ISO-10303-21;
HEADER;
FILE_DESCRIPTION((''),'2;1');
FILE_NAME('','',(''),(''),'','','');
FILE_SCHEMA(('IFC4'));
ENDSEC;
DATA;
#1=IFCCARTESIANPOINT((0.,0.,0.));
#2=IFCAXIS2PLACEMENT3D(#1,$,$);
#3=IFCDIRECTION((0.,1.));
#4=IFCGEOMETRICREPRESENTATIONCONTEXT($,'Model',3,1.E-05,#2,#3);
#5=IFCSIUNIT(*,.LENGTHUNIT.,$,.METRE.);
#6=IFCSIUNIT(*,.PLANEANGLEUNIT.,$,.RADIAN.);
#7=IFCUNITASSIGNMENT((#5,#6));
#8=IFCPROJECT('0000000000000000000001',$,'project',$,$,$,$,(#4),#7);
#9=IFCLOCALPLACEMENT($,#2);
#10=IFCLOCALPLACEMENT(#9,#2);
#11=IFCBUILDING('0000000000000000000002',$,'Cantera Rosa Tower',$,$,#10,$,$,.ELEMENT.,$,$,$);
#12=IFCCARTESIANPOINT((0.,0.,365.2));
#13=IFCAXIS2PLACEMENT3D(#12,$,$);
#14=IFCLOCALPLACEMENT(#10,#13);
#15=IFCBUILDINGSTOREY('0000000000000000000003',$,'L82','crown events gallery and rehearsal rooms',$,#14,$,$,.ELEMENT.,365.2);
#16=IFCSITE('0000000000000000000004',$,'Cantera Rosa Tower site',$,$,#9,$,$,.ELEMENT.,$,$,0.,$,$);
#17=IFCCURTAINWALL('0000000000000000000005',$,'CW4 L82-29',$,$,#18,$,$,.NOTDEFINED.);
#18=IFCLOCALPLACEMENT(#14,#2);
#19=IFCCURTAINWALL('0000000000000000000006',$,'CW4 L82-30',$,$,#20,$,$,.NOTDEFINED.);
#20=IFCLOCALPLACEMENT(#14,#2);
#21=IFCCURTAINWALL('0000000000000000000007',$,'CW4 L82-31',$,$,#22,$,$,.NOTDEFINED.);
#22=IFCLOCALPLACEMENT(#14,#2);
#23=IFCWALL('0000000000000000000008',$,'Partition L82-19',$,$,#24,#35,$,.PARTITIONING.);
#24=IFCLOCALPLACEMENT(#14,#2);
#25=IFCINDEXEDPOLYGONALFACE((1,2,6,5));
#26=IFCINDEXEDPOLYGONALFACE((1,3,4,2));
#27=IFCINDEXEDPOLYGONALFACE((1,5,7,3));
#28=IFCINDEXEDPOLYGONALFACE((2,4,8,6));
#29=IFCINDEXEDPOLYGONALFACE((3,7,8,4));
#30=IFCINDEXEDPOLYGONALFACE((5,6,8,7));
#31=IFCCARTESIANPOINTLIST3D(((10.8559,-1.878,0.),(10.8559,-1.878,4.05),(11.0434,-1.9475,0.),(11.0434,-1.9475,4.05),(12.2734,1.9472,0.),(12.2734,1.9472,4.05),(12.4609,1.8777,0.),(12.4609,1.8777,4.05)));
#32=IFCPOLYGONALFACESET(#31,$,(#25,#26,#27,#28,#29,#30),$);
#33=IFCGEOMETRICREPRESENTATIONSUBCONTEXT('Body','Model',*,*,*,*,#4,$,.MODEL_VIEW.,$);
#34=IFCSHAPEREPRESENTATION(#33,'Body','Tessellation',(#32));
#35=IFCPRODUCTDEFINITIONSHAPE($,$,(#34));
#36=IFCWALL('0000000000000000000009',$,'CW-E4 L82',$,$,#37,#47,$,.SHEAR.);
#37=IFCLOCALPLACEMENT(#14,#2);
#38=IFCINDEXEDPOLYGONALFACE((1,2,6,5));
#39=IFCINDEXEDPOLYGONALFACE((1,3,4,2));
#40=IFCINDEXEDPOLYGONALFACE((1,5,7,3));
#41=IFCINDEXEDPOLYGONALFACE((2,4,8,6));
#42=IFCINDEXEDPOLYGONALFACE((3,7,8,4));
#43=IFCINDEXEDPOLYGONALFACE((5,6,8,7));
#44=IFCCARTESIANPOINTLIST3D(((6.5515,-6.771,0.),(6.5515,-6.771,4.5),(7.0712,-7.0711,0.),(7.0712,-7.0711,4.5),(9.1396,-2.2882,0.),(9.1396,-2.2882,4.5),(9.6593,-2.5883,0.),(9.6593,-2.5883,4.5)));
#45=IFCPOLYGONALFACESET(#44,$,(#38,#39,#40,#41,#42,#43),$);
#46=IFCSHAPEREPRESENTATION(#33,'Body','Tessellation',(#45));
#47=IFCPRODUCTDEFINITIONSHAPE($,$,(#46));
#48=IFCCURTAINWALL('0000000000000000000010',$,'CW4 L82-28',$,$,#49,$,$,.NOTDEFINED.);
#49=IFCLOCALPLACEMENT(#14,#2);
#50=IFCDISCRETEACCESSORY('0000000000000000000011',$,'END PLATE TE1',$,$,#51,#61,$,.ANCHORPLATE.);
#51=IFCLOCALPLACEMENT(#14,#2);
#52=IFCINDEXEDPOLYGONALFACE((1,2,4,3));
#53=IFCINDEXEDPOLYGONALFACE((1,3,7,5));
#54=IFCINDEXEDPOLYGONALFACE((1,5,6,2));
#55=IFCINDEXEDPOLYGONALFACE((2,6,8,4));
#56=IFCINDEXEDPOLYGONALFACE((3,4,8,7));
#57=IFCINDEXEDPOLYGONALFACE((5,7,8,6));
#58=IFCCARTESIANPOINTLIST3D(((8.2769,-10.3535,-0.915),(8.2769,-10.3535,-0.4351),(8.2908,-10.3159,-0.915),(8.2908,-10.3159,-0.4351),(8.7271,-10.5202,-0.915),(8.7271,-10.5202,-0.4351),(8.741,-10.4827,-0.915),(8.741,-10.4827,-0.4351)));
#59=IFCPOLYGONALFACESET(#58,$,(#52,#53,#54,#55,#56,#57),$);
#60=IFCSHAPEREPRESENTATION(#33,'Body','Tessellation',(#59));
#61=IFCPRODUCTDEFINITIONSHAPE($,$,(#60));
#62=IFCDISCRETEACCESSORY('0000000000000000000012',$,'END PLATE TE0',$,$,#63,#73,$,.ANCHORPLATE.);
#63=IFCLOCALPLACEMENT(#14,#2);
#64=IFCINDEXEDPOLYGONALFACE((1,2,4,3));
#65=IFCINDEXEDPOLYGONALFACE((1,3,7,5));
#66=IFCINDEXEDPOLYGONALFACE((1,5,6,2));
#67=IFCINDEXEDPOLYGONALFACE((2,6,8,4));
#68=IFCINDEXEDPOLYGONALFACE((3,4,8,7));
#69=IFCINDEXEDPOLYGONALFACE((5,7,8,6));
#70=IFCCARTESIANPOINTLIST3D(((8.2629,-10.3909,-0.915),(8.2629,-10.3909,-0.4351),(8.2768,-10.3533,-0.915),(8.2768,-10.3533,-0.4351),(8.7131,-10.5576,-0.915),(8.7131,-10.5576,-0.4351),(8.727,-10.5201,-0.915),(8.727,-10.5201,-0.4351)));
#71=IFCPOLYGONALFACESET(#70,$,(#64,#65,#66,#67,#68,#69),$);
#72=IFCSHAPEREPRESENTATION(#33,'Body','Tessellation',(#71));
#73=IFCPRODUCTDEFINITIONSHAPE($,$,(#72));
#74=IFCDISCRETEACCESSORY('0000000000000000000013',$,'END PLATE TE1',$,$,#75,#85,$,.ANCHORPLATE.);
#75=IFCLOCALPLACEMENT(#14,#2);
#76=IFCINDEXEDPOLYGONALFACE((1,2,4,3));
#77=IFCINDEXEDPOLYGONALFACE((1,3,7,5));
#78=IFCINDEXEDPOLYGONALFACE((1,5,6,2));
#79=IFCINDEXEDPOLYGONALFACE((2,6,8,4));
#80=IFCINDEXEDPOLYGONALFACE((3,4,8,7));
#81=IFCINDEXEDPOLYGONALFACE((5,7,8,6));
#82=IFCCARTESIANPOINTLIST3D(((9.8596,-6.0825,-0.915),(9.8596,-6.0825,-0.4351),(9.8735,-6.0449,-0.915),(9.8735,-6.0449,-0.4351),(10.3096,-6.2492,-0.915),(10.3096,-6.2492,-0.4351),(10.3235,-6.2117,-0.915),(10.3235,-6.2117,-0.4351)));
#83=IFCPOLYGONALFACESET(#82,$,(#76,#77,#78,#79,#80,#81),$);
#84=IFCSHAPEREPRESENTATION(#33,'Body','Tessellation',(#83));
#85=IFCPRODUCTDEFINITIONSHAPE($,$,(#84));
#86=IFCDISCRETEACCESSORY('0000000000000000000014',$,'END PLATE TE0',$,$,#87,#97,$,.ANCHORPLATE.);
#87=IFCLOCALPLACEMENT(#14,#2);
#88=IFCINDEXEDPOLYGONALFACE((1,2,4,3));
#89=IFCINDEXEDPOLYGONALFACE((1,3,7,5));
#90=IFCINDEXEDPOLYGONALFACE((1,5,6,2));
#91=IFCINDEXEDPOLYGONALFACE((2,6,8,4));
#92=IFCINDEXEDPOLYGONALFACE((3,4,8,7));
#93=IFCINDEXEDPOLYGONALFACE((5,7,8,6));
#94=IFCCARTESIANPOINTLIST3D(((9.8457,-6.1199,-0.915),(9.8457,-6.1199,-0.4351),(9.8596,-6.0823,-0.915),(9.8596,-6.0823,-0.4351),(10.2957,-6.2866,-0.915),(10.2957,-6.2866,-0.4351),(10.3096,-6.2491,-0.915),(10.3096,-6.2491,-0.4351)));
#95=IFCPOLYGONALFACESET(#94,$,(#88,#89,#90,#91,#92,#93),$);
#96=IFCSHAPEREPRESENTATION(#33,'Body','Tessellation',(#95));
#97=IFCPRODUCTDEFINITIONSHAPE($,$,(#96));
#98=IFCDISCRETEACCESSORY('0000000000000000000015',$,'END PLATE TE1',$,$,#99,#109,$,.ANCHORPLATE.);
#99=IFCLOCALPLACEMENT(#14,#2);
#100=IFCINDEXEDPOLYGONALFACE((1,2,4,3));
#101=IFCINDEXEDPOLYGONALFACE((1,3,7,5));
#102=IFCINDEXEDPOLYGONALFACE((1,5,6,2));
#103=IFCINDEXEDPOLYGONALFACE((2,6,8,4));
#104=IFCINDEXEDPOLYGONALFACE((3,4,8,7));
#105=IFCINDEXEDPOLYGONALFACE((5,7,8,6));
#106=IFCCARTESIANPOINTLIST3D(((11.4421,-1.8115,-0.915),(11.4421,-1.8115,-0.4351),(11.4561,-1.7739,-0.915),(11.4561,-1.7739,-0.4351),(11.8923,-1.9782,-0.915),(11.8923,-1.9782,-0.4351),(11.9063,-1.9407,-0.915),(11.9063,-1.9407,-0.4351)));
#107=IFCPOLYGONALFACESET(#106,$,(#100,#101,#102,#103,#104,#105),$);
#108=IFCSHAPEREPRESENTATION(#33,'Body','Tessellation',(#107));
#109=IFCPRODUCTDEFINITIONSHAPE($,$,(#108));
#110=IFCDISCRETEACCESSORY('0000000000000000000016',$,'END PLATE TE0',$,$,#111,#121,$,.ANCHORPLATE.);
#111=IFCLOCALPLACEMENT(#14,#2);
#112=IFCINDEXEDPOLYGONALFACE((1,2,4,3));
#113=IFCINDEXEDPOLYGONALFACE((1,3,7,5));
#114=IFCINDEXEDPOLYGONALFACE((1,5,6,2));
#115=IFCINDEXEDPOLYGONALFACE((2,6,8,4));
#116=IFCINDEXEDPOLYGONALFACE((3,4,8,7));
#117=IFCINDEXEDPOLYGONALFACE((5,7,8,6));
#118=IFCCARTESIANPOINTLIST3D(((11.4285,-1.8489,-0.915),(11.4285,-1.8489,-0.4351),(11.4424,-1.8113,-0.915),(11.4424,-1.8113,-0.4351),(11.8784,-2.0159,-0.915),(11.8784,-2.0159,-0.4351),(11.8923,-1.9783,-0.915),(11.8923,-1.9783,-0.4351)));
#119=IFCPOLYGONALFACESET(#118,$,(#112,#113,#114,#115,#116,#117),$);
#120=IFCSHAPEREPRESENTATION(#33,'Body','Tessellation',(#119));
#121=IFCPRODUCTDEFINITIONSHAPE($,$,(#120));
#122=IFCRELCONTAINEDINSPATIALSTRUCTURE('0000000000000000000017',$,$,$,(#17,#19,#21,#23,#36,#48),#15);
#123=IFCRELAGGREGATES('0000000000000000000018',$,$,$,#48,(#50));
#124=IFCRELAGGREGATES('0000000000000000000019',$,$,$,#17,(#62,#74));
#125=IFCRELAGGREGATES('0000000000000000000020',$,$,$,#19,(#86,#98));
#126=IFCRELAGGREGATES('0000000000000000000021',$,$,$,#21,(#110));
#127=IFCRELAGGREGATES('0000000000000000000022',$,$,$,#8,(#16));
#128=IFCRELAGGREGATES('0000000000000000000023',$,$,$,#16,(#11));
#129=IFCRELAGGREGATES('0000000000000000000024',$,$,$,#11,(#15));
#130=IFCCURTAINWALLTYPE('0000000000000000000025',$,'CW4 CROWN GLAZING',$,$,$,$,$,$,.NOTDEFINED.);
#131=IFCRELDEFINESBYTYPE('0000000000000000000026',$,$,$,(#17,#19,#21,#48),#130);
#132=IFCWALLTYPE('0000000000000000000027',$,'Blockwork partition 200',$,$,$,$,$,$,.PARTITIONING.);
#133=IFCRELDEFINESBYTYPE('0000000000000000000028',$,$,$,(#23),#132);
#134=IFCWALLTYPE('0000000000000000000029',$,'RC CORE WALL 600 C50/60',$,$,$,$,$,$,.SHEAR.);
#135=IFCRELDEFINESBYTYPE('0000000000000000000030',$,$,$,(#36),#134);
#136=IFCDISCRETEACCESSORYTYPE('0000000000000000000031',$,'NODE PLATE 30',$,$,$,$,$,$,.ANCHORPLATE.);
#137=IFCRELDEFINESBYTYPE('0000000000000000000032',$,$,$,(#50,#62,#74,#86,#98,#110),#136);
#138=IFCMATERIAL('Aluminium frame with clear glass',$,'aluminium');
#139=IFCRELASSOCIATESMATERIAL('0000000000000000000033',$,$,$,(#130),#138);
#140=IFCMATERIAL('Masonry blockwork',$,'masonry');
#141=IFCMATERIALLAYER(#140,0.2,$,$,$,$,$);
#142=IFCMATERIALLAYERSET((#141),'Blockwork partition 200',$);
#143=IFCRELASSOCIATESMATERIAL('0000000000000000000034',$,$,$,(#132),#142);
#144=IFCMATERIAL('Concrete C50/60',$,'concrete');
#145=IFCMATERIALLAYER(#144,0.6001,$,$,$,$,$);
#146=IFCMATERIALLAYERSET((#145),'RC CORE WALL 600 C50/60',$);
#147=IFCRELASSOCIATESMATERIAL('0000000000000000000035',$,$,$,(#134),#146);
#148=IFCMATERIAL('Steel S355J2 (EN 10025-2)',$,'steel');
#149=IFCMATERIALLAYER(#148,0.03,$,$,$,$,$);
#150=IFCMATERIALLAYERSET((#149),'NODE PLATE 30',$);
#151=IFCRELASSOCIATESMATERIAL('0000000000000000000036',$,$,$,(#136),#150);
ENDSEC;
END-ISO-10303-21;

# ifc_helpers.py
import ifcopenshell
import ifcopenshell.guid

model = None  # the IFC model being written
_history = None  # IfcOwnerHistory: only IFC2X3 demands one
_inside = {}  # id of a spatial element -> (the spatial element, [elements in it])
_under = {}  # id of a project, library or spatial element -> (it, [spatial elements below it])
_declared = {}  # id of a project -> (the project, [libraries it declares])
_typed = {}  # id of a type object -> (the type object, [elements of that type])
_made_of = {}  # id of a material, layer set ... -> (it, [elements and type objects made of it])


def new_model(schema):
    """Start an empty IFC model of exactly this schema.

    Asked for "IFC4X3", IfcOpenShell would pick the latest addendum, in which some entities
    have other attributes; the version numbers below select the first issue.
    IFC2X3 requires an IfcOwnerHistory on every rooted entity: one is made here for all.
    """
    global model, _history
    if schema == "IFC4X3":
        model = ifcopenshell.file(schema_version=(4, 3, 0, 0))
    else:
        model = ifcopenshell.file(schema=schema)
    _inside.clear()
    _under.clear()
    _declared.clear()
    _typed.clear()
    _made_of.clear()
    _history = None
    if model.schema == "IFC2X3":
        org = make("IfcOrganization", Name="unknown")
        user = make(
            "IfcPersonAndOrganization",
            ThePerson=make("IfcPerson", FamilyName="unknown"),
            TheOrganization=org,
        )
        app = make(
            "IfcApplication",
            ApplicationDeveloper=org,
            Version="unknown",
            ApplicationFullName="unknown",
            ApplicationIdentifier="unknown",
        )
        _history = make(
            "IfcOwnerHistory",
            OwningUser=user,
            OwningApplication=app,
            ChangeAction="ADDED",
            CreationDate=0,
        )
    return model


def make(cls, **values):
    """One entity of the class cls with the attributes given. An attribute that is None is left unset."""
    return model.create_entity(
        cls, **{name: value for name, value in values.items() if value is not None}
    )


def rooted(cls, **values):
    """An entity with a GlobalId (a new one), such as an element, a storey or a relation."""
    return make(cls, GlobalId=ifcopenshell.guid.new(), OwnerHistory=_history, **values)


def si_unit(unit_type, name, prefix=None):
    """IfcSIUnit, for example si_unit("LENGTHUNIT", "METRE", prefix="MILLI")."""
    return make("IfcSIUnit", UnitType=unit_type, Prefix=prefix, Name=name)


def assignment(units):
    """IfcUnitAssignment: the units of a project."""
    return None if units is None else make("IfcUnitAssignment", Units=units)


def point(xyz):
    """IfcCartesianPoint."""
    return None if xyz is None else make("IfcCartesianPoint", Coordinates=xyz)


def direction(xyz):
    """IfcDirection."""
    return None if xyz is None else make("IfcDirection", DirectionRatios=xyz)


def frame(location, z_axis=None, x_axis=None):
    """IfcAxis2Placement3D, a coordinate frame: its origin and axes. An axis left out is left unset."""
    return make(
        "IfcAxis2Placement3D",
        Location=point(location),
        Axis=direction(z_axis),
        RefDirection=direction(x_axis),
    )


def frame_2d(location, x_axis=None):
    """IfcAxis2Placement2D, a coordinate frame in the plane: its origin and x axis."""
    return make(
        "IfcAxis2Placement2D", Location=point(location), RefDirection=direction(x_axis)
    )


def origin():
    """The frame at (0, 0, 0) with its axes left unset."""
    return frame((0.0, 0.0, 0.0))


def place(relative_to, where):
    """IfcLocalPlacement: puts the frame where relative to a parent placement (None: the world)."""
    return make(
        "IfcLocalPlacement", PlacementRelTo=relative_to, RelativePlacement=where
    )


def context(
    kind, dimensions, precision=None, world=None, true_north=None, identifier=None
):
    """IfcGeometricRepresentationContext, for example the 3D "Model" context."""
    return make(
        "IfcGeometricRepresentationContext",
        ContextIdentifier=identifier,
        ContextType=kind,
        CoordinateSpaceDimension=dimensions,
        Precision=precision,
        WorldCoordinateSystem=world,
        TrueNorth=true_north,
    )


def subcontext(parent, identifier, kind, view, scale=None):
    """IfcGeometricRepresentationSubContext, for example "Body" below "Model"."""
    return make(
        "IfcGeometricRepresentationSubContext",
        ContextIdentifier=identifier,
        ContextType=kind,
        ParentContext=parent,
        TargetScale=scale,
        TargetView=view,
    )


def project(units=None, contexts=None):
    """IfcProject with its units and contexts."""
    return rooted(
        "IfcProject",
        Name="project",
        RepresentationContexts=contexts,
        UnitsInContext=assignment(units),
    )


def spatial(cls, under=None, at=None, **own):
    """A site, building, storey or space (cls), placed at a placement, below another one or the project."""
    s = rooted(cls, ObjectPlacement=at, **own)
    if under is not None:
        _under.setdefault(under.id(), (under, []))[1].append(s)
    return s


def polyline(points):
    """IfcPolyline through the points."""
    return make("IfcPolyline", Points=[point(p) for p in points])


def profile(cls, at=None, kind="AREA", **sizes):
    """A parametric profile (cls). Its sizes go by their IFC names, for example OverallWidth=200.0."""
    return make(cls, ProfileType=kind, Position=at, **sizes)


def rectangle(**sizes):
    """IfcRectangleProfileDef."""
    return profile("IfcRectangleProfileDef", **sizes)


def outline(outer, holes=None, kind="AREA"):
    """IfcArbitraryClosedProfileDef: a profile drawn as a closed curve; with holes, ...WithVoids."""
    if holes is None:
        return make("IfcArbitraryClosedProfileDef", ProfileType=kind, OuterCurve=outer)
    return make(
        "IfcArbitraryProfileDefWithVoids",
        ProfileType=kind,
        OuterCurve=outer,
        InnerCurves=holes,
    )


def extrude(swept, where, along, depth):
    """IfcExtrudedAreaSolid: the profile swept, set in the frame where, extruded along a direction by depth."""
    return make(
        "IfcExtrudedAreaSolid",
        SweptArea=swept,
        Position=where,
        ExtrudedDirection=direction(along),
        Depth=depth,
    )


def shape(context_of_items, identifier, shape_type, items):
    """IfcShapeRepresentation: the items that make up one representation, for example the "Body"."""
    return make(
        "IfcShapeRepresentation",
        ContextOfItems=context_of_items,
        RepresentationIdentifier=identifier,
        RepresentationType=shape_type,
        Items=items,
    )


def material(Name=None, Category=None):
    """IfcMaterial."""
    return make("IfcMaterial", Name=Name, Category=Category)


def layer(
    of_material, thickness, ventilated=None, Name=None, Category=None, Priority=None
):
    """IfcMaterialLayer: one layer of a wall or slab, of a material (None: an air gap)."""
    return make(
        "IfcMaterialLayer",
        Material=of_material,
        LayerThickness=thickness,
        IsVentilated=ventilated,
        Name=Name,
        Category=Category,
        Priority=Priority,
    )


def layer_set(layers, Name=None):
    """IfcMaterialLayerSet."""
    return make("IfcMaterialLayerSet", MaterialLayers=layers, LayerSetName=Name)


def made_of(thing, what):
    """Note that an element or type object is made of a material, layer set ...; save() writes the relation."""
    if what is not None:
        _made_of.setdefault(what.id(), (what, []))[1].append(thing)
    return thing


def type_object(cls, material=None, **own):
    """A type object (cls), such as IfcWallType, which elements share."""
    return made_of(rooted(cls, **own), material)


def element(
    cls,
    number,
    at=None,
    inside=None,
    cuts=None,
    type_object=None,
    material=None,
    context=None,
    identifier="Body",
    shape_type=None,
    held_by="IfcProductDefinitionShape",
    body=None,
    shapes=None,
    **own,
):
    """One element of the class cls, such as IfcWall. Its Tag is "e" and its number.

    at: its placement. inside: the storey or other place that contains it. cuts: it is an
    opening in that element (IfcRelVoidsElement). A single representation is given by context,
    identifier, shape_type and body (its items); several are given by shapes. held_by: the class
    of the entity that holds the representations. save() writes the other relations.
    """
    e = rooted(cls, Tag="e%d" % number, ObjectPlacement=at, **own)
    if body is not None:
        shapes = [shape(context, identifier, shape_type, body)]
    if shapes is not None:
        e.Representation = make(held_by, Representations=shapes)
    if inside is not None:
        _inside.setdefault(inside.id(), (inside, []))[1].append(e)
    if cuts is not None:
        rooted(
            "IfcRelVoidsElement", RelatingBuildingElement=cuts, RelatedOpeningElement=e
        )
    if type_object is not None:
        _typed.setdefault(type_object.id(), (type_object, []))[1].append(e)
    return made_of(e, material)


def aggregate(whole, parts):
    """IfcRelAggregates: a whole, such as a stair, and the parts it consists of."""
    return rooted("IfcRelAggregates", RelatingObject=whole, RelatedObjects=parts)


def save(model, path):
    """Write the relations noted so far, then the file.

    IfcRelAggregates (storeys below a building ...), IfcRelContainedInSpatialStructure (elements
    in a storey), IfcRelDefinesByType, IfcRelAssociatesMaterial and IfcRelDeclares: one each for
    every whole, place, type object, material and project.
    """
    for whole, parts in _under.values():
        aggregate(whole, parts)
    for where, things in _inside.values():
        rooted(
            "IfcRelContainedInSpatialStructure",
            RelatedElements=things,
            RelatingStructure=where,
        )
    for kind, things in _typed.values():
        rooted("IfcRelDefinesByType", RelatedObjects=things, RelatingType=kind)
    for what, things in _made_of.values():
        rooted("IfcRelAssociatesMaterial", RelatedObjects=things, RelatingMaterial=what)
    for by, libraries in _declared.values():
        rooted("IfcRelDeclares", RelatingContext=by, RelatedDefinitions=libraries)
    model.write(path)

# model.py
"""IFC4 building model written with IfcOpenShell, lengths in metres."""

from ifc_helpers import new_model, si_unit, direction, frame, frame_2d, origin, place, context, subcontext, project, spatial, polyline, rectangle, outline, extrude, material, layer, layer_set, type_object, element, aggregate, save


model = new_model("IFC4")

# Units and contexts
model_context = context("Model", 3, precision=1e-05, world=origin(), true_north=direction((0.0, 1.0)))
body_context = subcontext(model_context, "Body", "Model", "MODEL_VIEW")
ifc_project = project(units=[si_unit("LENGTHUNIT", "METRE"), si_unit("PLANEANGLEUNIT", "RADIAN")], contexts=[model_context])

# Site, building, storey
site_placement = place(None, origin())
site = spatial("IfcSite", under=ifc_project, at=site_placement, Name="Cantera Rosa Tower site", CompositionType="ELEMENT", RefElevation=0.0)
building_placement = place(site_placement, origin())
building = spatial("IfcBuilding", under=site, at=building_placement, Name="Cantera Rosa Tower", CompositionType="ELEMENT")
storey_placement = place(building_placement, frame((0.0, 0.0, 365.2)))
storey = spatial("IfcBuildingStorey", under=building, at=storey_placement, Name="L82", Description="crown events gallery and rehearsal rooms", CompositionType="ELEMENT", Elevation=365.2)

# Curtain walls
ifc_material_1 = material(Name="Aluminium frame with clear glass", Category="aluminium")
curtain_wall_type = type_object("IfcCurtainWallType", Name="CW4 CROWN GLAZING", PredefinedType="NOTDEFINED", material=ifc_material_1)
curtain_wall_1_placement = place(storey_placement, origin())
curtain_wall_1 = element("IfcCurtainWall", 1, at=curtain_wall_1_placement, inside=storey, type_object=curtain_wall_type, Name="CW4 L82-29", PredefinedType="NOTDEFINED")
curtain_wall_2_placement = place(storey_placement, origin())
curtain_wall_2 = element("IfcCurtainWall", 2, at=curtain_wall_2_placement, inside=storey, type_object=curtain_wall_type, Name="CW4 L82-30", PredefinedType="NOTDEFINED")
curtain_wall_3_placement = place(storey_placement, origin())
curtain_wall_3 = element("IfcCurtainWall", 3, at=curtain_wall_3_placement, inside=storey, type_object=curtain_wall_type, Name="CW4 L82-31", PredefinedType="NOTDEFINED")

# Walls
ifc_material_2 = material(Name="Masonry blockwork", Category="masonry")
ifc_layer_1 = layer(ifc_material_2, 0.2)
ifc_layer_set_1 = layer_set([ifc_layer_1], Name="Blockwork partition 200")
wall_type_1 = type_object("IfcWallType", Name="Blockwork partition 200", PredefinedType="PARTITIONING", material=ifc_layer_set_1)
wall_1_placement = place(storey_placement, frame((10.9497, -1.9126, 0.0), z_axis=(0.0, 0.0, 1.0), x_axis=(0.347474, 0.93769, 0.0)))
element("IfcWall", 4, at=wall_1_placement, inside=storey, type_object=wall_type_1, Name="Partition L82-19", PredefinedType="PARTITIONING", context=body_context, shape_type="SweptSolid", body=[
    extrude(rectangle(XDim=4.0793, YDim=0.2, at=frame_2d((2.0396, 0.0))), origin(), (0.0, 0.0, 1.0), 4.05),
])
ifc_material_3 = material(Name="Concrete C50/60", Category="concrete")
ifc_layer_2 = layer(ifc_material_3, 0.6001)
ifc_layer_set_2 = layer_set([ifc_layer_2], Name="RC CORE WALL 600 C50/60")
wall_type_2 = type_object("IfcWallType", Name="RC CORE WALL 600 C50/60", PredefinedType="SHEAR", material=ifc_layer_set_2)
wall_2_placement = place(storey_placement, frame((9.3994, -2.4382, 0.0), z_axis=(0.0, 0.0, 1.0), x_axis=(-0.499989, -0.866032, 0.0)))
element("IfcWall", 5, at=wall_2_placement, inside=storey, type_object=wall_type_2, Name="CW-E4 L82", PredefinedType="SHEAR", context=body_context, shape_type="SweptSolid", body=[
    extrude(rectangle(XDim=5.1763, YDim=0.6001, at=frame_2d((2.5881, 0.0))), origin(), (0.0, 0.0, 1.0), 4.5),
])

# Curtain wall, discrete accessory
curtain_wall_4_placement = place(storey_placement, origin())
curtain_wall_4 = element("IfcCurtainWall", 6, at=curtain_wall_4_placement, inside=storey, type_object=curtain_wall_type, Name="CW4 L82-28", PredefinedType="NOTDEFINED")
ifc_material_4 = material(Name="Steel S355J2 (EN 10025-2)", Category="steel")
ifc_layer_3 = layer(ifc_material_4, 0.03)
ifc_layer_set_3 = layer_set([ifc_layer_3], Name="NODE PLATE 30")
discrete_accessory_type = type_object("IfcDiscreteAccessoryType", Name="NODE PLATE 30", PredefinedType="ANCHORPLATE", material=ifc_layer_set_3)
discrete_accessory_1_placement = place(storey_placement, frame((8.2908, -10.3159, -0.4351), z_axis=(0.347331, 0.937743, 0.0), x_axis=(0.937743, -0.347331, 0.0)))
discrete_accessory_1 = element("IfcDiscreteAccessory", 7, at=discrete_accessory_1_placement, type_object=discrete_accessory_type, Name="END PLATE TE1", PredefinedType="ANCHORPLATE", context=body_context, shape_type="SweptSolid", body=[
    extrude(outline(polyline([(0.0, 0.0), (0.4801, 0.0), (0.4801, 0.48), (0.0, 0.48), (0.0, 0.0)])), origin(), (0.0, 0.0, -1.0), 0.04),
])
aggregate(curtain_wall_4, [discrete_accessory_1])

# Discrete accessories
discrete_accessory_2_placement = place(storey_placement, frame((8.7131, -10.5576, -0.4351), z_axis=(-0.347331, -0.937743, 0.0), x_axis=(-0.937743, 0.347331, 0.0)))
discrete_accessory_2 = element("IfcDiscreteAccessory", 8, at=discrete_accessory_2_placement, type_object=discrete_accessory_type, Name="END PLATE TE0", PredefinedType="ANCHORPLATE", context=body_context, shape_type="SweptSolid", body=[
    extrude(outline(polyline([(0.0, 0.0), (0.4801, 0.0), (0.4801, 0.48), (0.0, 0.48), (0.0, 0.0)])), origin(), (0.0, 0.0, -1.0), 0.04),
])
discrete_accessory_3_placement = place(storey_placement, frame((9.8735, -6.0449, -0.4351), z_axis=(0.347497, 0.937681, 0.0), x_axis=(0.937681, -0.347497, 0.0)))
discrete_accessory_3 = element("IfcDiscreteAccessory", 9, at=discrete_accessory_3_placement, type_object=discrete_accessory_type, Name="END PLATE TE1", PredefinedType="ANCHORPLATE", context=body_context, shape_type="SweptSolid", body=[
    extrude(outline(polyline([(0.0, 0.0), (0.4799, 0.0), (0.4799, 0.48), (0.0, 0.48), (0.0, 0.0)])), origin(), (0.0, 0.0, -1.0), 0.04),
])
aggregate(curtain_wall_1, [discrete_accessory_2, discrete_accessory_3])
discrete_accessory_4_placement = place(storey_placement, frame((10.2957, -6.2866, -0.4351), z_axis=(-0.347497, -0.937681, 0.0), x_axis=(-0.937681, 0.347497, 0.0)))
discrete_accessory_4 = element("IfcDiscreteAccessory", 10, at=discrete_accessory_4_placement, type_object=discrete_accessory_type, Name="END PLATE TE0", PredefinedType="ANCHORPLATE", context=body_context, shape_type="SweptSolid", body=[
    extrude(outline(polyline([(0.0, 0.0), (0.4799, 0.0), (0.4799, 0.48), (0.0, 0.48), (0.0, 0.0)])), origin(), (0.0, 0.0, -1.0), 0.04),
])
discrete_accessory_5_placement = place(storey_placement, frame((11.4561, -1.7739, -0.4351), z_axis=(0.347331, 0.937743, 0.0), x_axis=(0.937743, -0.347331, 0.0)))
discrete_accessory_5 = element("IfcDiscreteAccessory", 11, at=discrete_accessory_5_placement, type_object=discrete_accessory_type, Name="END PLATE TE1", PredefinedType="ANCHORPLATE", context=body_context, shape_type="SweptSolid", body=[
    extrude(outline(polyline([(0.0, 0.0), (0.4801, 0.0), (0.4801, 0.48), (0.0, 0.48), (0.0, 0.0)])), origin(), (0.0, 0.0, -1.0), 0.04),
])
aggregate(curtain_wall_2, [discrete_accessory_4, discrete_accessory_5])
discrete_accessory_6_placement = place(storey_placement, frame((11.8784, -2.0159, -0.4351), z_axis=(-0.347944, -0.937515, 0.0), x_axis=(-0.937515, 0.347944, 0.0)))
discrete_accessory_6 = element("IfcDiscreteAccessory", 12, at=discrete_accessory_6_placement, type_object=discrete_accessory_type, Name="END PLATE TE0", PredefinedType="ANCHORPLATE", context=body_context, shape_type="SweptSolid", body=[
    extrude(outline(polyline([(0.0, 0.0), (0.4799, 0.0), (0.4799, 0.48), (0.0, 0.48), (0.0, 0.0)])), origin(), (0.0, 0.0, -1.0), 0.04),
])
aggregate(curtain_wall_3, [discrete_accessory_6])

save(model, "model.ifc")
